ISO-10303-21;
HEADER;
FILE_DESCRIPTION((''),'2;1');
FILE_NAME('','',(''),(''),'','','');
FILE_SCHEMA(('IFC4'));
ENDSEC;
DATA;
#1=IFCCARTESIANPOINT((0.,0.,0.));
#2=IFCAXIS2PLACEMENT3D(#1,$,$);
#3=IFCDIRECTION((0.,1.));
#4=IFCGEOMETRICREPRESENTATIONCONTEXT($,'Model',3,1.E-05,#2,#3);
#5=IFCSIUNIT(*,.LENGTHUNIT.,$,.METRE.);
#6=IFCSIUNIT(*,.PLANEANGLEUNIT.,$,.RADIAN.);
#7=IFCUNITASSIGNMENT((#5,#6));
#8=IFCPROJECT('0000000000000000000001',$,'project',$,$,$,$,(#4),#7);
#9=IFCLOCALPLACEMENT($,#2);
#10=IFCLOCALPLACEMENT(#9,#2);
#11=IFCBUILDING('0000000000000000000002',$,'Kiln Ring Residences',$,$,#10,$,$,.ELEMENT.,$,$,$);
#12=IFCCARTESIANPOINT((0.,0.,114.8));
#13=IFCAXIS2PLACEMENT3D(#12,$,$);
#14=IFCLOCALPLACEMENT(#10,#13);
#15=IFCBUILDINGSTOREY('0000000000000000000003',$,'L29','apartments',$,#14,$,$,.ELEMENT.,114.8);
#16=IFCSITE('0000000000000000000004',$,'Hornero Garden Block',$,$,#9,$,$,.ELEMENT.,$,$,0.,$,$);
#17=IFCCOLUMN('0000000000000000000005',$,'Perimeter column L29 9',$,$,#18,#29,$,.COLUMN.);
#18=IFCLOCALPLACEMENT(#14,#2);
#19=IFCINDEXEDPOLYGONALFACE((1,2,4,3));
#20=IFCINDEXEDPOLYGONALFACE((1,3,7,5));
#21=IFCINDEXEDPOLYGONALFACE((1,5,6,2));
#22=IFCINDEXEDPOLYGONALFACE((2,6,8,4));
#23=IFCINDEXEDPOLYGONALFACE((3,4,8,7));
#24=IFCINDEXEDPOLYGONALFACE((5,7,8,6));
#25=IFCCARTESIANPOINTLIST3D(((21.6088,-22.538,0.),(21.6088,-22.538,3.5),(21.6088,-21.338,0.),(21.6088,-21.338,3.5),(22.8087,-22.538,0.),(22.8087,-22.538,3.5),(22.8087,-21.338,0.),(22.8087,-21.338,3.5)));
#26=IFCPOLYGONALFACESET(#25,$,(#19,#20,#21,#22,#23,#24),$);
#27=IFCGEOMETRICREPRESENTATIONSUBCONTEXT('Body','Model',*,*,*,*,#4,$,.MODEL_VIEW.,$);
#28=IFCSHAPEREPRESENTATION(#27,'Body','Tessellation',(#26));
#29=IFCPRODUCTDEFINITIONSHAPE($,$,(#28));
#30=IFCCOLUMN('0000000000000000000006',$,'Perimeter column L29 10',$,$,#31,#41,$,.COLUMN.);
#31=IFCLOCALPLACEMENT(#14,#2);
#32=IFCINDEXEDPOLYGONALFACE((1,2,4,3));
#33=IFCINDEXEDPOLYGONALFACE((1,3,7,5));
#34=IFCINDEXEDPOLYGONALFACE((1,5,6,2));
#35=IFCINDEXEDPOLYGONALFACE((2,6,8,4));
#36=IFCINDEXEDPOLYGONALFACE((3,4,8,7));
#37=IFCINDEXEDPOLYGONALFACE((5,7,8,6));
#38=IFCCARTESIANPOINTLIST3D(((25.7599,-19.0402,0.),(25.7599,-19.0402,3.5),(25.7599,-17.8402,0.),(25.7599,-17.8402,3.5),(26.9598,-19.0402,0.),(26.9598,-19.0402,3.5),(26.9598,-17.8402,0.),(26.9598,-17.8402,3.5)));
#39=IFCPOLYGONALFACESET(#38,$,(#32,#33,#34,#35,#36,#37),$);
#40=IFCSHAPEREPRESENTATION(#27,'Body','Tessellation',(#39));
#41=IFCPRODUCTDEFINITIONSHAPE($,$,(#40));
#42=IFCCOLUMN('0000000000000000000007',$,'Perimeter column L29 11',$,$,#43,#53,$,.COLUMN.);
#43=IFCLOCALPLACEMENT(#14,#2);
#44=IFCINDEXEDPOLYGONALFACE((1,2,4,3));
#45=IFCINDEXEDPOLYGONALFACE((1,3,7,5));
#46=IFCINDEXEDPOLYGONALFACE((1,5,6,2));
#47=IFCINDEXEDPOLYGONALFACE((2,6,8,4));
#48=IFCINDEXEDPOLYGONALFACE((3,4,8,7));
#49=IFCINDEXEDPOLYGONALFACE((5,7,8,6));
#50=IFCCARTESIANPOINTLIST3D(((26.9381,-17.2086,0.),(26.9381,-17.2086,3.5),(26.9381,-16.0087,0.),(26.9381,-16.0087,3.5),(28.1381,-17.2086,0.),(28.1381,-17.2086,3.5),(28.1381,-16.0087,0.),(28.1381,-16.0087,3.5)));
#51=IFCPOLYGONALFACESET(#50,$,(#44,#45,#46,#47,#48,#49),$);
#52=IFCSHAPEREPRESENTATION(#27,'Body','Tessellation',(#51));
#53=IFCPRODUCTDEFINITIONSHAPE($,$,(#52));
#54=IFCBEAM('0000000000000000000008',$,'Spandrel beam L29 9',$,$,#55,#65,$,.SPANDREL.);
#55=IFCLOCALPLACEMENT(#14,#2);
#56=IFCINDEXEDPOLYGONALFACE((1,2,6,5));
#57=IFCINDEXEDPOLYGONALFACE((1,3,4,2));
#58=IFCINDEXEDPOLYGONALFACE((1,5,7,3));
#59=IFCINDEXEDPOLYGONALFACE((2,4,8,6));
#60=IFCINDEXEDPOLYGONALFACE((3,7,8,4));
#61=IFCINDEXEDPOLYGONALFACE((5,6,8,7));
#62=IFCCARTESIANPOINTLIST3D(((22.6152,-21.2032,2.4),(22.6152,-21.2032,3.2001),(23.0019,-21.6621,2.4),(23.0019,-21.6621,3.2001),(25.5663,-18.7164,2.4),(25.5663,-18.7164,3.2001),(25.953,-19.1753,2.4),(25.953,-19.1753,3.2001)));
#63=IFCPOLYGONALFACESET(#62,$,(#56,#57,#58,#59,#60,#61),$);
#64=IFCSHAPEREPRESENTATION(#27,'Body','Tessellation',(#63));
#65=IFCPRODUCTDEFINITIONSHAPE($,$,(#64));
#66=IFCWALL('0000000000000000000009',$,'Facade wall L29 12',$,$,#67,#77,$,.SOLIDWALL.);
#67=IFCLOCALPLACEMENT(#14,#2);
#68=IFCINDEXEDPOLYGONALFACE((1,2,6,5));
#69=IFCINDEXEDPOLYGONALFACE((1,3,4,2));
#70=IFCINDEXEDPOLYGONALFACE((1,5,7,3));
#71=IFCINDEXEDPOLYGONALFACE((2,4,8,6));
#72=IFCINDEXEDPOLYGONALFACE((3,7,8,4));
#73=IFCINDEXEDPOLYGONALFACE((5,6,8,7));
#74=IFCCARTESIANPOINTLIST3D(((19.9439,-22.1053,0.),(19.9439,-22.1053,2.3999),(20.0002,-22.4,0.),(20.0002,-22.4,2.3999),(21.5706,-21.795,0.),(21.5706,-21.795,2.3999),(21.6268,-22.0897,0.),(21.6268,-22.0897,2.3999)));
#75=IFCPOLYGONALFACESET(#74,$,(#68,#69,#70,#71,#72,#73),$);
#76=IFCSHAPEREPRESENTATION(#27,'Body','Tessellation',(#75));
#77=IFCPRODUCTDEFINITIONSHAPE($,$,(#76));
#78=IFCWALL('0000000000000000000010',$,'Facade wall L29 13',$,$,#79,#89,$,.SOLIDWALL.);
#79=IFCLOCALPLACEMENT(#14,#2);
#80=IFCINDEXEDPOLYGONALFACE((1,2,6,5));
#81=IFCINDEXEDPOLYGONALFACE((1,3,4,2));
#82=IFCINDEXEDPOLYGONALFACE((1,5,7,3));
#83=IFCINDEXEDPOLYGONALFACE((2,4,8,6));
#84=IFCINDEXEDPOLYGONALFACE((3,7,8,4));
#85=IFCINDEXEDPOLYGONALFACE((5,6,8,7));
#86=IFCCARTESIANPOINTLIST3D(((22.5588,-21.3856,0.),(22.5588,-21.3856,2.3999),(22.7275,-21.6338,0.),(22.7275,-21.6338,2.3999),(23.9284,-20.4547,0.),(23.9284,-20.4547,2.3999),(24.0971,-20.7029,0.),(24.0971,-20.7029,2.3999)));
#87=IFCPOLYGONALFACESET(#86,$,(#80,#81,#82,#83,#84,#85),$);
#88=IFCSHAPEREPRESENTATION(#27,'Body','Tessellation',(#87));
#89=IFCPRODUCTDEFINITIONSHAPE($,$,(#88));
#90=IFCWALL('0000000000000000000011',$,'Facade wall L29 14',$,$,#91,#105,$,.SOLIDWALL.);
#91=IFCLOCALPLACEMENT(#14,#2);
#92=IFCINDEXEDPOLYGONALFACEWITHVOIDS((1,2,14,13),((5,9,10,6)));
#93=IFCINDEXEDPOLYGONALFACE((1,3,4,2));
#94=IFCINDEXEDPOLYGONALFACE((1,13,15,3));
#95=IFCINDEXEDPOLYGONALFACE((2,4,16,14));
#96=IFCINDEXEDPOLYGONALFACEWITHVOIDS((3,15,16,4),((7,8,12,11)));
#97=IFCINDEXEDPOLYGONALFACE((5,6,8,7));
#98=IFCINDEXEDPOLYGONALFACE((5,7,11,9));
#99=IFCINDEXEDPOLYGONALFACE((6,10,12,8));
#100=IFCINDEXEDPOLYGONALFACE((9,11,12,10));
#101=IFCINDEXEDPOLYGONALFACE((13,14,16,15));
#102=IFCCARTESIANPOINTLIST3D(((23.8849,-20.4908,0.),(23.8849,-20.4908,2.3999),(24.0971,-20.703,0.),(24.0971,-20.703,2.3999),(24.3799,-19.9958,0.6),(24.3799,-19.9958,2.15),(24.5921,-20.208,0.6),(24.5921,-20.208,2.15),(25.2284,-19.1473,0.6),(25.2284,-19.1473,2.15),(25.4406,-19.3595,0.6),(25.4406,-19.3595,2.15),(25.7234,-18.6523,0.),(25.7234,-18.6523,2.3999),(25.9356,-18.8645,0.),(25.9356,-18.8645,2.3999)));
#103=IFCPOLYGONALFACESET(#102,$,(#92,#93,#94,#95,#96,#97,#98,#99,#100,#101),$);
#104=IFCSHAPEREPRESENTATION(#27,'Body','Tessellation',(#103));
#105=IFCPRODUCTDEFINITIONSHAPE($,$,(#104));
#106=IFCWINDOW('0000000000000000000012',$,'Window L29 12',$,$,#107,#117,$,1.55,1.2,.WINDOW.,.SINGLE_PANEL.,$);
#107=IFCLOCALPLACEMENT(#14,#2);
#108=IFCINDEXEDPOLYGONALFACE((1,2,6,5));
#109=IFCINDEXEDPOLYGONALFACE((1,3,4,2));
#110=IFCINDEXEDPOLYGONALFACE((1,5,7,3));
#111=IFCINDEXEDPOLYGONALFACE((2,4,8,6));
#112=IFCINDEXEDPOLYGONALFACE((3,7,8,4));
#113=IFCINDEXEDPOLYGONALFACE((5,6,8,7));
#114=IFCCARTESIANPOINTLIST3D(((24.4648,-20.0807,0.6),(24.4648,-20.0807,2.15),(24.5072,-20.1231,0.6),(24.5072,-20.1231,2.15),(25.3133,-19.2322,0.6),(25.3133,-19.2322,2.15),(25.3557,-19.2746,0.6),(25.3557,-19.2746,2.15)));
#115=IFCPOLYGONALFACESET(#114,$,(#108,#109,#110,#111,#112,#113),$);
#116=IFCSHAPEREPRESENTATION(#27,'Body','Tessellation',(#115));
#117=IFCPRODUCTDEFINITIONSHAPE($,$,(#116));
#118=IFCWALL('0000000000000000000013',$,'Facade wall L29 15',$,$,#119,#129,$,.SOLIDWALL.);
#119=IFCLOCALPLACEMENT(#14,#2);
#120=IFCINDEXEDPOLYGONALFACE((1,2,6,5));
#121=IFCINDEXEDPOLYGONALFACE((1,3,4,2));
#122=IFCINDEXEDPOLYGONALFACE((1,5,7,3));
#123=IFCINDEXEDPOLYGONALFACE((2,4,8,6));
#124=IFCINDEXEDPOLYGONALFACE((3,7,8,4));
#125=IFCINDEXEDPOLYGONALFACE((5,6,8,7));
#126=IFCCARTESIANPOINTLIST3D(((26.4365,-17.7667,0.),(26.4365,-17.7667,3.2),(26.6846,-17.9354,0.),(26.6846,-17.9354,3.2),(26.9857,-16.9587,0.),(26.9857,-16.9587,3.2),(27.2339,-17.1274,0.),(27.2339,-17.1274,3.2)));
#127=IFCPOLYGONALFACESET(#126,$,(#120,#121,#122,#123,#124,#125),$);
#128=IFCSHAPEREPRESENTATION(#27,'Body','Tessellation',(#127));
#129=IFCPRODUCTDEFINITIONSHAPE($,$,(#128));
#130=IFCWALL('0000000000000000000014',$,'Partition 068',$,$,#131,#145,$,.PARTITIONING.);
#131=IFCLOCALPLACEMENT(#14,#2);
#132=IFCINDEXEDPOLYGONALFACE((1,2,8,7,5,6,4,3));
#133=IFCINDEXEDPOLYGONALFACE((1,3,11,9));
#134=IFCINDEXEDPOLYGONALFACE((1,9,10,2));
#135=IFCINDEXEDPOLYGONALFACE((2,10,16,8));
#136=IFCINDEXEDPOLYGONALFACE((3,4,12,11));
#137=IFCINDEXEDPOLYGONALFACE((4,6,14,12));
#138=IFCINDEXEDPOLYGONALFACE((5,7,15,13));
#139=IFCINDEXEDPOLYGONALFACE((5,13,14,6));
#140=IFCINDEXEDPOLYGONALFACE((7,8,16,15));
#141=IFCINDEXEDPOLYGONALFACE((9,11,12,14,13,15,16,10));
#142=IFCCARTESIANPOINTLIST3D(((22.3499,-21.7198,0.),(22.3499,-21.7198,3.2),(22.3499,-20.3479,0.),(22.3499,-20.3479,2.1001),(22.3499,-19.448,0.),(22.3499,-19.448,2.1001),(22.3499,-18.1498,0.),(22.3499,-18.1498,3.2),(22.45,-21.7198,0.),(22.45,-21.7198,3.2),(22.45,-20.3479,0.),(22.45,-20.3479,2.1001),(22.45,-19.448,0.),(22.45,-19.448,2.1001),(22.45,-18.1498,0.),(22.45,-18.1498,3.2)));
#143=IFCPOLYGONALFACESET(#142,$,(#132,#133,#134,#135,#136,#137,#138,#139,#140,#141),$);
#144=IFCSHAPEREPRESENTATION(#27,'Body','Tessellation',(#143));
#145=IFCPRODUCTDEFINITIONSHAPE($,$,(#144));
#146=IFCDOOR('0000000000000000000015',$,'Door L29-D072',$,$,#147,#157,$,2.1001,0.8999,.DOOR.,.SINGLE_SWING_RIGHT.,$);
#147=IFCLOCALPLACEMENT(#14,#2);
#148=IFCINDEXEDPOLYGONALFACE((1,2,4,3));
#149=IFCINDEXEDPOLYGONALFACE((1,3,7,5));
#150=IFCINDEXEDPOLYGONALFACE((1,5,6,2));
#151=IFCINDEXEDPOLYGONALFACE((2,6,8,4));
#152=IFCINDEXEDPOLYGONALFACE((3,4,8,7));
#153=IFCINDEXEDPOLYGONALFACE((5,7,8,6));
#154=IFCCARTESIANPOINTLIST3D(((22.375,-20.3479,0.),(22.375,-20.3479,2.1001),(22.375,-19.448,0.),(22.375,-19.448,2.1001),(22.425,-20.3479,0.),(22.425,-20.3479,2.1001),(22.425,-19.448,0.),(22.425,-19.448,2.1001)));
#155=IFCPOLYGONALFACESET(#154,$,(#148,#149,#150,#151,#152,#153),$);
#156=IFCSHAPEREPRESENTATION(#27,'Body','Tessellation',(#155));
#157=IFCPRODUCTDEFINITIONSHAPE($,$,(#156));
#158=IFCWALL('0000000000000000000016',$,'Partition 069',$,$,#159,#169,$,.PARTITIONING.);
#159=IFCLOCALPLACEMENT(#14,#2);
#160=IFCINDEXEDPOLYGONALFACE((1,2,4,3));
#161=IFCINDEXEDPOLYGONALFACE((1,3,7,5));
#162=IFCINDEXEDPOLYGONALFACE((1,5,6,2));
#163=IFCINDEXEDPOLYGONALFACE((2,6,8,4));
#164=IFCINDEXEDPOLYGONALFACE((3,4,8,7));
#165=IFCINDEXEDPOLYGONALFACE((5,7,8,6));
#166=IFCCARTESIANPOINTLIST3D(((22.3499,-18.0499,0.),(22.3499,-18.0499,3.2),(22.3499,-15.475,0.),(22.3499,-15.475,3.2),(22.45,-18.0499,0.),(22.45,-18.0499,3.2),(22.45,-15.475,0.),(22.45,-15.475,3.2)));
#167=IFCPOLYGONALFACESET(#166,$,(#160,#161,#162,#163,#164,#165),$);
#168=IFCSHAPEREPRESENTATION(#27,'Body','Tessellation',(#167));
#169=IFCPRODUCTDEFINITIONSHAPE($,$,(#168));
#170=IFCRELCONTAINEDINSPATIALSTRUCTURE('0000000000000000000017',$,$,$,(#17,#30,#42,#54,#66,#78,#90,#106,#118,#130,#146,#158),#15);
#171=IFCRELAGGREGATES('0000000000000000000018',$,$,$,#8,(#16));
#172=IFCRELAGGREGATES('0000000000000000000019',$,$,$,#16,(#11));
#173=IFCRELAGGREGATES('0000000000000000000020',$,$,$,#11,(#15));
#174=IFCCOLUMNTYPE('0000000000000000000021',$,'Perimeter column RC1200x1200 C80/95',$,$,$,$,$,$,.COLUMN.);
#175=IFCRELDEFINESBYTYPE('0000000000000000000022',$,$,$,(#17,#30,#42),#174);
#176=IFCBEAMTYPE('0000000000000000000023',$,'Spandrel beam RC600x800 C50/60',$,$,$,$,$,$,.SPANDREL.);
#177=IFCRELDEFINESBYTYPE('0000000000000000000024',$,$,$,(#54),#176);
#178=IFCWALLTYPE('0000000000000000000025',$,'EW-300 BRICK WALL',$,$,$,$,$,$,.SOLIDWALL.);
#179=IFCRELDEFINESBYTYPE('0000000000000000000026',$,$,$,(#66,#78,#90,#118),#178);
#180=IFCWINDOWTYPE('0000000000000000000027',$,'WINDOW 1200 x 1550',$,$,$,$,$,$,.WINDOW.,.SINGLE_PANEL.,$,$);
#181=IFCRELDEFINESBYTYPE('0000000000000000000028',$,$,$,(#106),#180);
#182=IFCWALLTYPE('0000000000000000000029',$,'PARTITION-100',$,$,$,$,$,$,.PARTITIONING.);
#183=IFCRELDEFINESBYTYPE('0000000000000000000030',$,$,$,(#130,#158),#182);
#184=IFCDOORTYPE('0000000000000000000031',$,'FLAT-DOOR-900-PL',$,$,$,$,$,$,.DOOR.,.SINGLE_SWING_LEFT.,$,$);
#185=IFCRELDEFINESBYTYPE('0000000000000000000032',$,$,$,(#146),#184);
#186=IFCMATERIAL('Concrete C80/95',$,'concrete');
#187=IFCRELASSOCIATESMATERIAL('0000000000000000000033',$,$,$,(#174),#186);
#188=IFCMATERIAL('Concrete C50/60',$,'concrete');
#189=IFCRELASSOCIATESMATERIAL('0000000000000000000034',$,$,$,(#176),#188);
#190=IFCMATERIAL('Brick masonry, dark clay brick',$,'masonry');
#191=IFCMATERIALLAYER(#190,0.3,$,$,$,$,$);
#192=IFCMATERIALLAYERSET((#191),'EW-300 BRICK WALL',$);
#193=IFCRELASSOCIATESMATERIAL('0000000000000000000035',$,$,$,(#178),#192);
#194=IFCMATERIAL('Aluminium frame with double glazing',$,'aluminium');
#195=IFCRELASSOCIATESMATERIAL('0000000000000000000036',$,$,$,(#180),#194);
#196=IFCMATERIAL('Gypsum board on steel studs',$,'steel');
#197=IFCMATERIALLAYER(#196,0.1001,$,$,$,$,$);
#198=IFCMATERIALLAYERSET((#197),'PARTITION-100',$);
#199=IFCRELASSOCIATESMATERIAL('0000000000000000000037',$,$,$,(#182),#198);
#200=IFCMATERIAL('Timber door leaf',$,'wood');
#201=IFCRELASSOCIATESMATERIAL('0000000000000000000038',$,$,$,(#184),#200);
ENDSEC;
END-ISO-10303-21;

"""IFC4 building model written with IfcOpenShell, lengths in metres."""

from ifc_helpers import new_model, si_unit, direction, frame, frame_2d, origin, origin_2d, place, context, subcontext, project, spatial, rectangle, extrude, material, layer, layer_set, material_profile, profile_set, type_object, element, fill, save


model = new_model("IFC4")

# Units and contexts
model_context = context("Model", 3, precision=1e-05, world=origin(), true_north=direction((0.0, 1.0)))
body_context = subcontext(model_context, "Body", "Model", "MODEL_VIEW")
ifc_project = project(units=[si_unit("LENGTHUNIT", "METRE"), si_unit("PLANEANGLEUNIT", "RADIAN")], contexts=[model_context])

# Site, building, storey
site_placement = place(None, origin())
site = spatial("IfcSite", under=ifc_project, at=site_placement, Name="Hornero Garden Block", CompositionType="ELEMENT", RefElevation=0.0)
building_placement = place(site_placement, origin())
building = spatial("IfcBuilding", under=site, at=building_placement, Name="Kiln Ring Residences", CompositionType="ELEMENT")
storey_placement = place(building_placement, frame((0.0, 0.0, 114.8)))
storey = spatial("IfcBuildingStorey", under=building, at=storey_placement, Name="L29", Description="apartments", CompositionType="ELEMENT", Elevation=114.8)

# Columns
ifc_material_1 = material(Name="Concrete C80/95", Category="concrete")
ifc_material_profile_1 = material_profile(ifc_material_1, rectangle(XDim=1.2, YDim=1.2, at=origin_2d()), Name="RC1200x1200")
ifc_profile_set_1 = profile_set([ifc_material_profile_1], Name="Concrete C80/95")
column_type = type_object("IfcColumnType", Name="Perimeter column RC1200x1200 C80/95", PredefinedType="COLUMN", material=ifc_profile_set_1)
for number, where, z_axis, x_axis, name in (
    (1, (22.2087, -21.938, 0.0), (0.0, 0.0, 1.0), (1.0, 0.0, 0.0), "Perimeter column L29 9"),
    (2, (26.3599, -18.4402, 0.0), (0.0, 0.0, 1.0), (1.0, 0.0, 0.0), "Perimeter column L29 10"),
    (3, (27.5381, -16.6086, 0.0), (0.0, 0.0, 1.0), (1.0, 0.0, 0.0), "Perimeter column L29 11"),
):
    element("IfcColumn", number, at=place(storey_placement, frame(where, z_axis=z_axis, x_axis=x_axis)), inside=storey, type_object=column_type, Name=name, PredefinedType="COLUMN", context=body_context, shape_type="SweptSolid", body=[
        extrude(rectangle(XDim=1.2, YDim=1.2, at=origin_2d()), origin(), (0.0, 0.0, 1.0), 3.5),
    ])

# Beam
ifc_material_2 = material(Name="Concrete C50/60", Category="concrete")
ifc_material_profile_2 = material_profile(ifc_material_2, rectangle(XDim=0.6001, YDim=0.8, at=origin_2d()), Name="RC600x800")
ifc_profile_set_2 = profile_set([ifc_material_profile_2], Name="Concrete C50/60")
beam_type = type_object("IfcBeamType", Name="Spandrel beam RC600x800 C50/60", PredefinedType="SPANDREL", material=ifc_profile_set_2)
beam_placement = place(storey_placement, frame((22.8086, -21.4326, 2.8), z_axis=(0.764704, 0.644381, 0.0), x_axis=(-0.644381, 0.764704, 0.0)))
element("IfcBeam", 4, at=beam_placement, inside=storey, type_object=beam_type, Name="Spandrel beam L29 9", PredefinedType="SPANDREL", context=body_context, shape_type="SweptSolid", body=[
    extrude(rectangle(XDim=0.6001, YDim=0.8, at=origin_2d()), origin(), (0.0, 0.0, 1.0), 3.8591),
])

# Walls
ifc_material_3 = material(Name="Brick masonry, dark clay brick", Category="masonry")
ifc_layer_1 = layer(ifc_material_3, 0.3)
ifc_layer_set_1 = layer_set([ifc_layer_1], Name="EW-300 BRICK WALL")
wall_type_1 = type_object("IfcWallType", Name="EW-300 BRICK WALL", PredefinedType="SOLIDWALL", material=ifc_layer_set_1)
for number, where, z_axis, x_axis, name in (
    (5, (19.9719, -22.2527, 0.0), (0.0, 0.0, 1.0), (0.982288, 0.187376, 0.0), "Facade wall L29 12"),
    (6, (22.6431, -21.5098, 0.0), (0.0, 0.0, 1.0), (0.82705, 0.562129, 0.0), "Facade wall L29 13"),
):
    element("IfcWall", number, at=place(storey_placement, frame(where, z_axis=z_axis, x_axis=x_axis)), inside=storey, type_object=wall_type_1, Name=name, PredefinedType="SOLIDWALL", context=body_context, shape_type="SweptSolid", body=[
        extrude(rectangle(XDim=1.656, YDim=0.3, at=frame_2d((0.8281, 0.0))), origin(), (0.0, 0.0, 1.0), 2.3999),
    ])

# Wall, opening, window
wall_1_placement = place(storey_placement, frame((23.991, -20.5969, 0.0), z_axis=(0.0, 0.0, 1.0), x_axis=(0.707107, 0.707107, 0.0)))
wall_1 = element("IfcWall", 7, at=wall_1_placement, inside=storey, type_object=wall_type_1, Name="Facade wall L29 14", PredefinedType="SOLIDWALL", context=body_context, shape_type="SweptSolid", body=[
    extrude(rectangle(XDim=2.6001, YDim=0.3, at=frame_2d((1.3, 0.0))), origin(), (0.0, 0.0, 1.0), 2.3999),
])
opening_1_placement = place(wall_1_placement, frame((0.7, 0.0, 0.6001)))
opening_1 = element("IfcOpeningElement", 8, at=opening_1_placement, cuts=wall_1, PredefinedType="OPENING", context=body_context, shape_type="SweptSolid", body=[
    extrude(rectangle(XDim=1.2, YDim=1.55, at=frame_2d((0.6001, 0.7749))), frame((0.0, 0.1599, 0.0), z_axis=(0.0, -1.0, 0.0), x_axis=(1.0, 0.0, 0.0)), (0.0, 0.0, 1.0), 0.3201),
])
ifc_material_4 = material(Name="Aluminium frame with double glazing", Category="aluminium")
window_type = type_object("IfcWindowType", Name="WINDOW 1200 x 1550", PartitioningType="SINGLE_PANEL", PredefinedType="WINDOW", material=ifc_material_4)
window_placement = place(opening_1_placement, origin())
window = element("IfcWindow", 9, at=window_placement, inside=storey, type_object=window_type, Name="Window L29 12", OverallHeight=1.55, OverallWidth=1.2, PartitioningType="SINGLE_PANEL", PredefinedType="WINDOW", context=body_context, shape_type="SweptSolid", body=[
    extrude(rectangle(XDim=1.2, YDim=1.55, at=frame_2d((0.6001, 0.7749))), frame((0.0, 0.03, 0.0), z_axis=(0.0, -1.0, 0.0), x_axis=(1.0, 0.0, 0.0)), (0.0, 0.0, 1.0), 0.0601),
])
fill(opening_1, window)

# Wall
wall_2_placement = place(storey_placement, frame((26.5605, -17.8511, 0.0), z_axis=(0.0, 0.0, 1.0), x_axis=(0.562173, 0.827019, 0.0)))
element("IfcWall", 10, at=wall_2_placement, inside=storey, type_object=wall_type_1, Name="Facade wall L29 15", PredefinedType="SOLIDWALL", context=body_context, shape_type="SweptSolid", body=[
    extrude(rectangle(XDim=0.9771, YDim=0.3, at=frame_2d((0.4885, 0.0))), origin(), (0.0, 0.0, 1.0), 3.2),
])

# Wall, opening, door
ifc_material_5 = material(Name="Gypsum board on steel studs", Category="steel")
ifc_layer_2 = layer(ifc_material_5, 0.1001)
ifc_layer_set_2 = layer_set([ifc_layer_2], Name="PARTITION-100")
wall_type_2 = type_object("IfcWallType", Name="PARTITION-100", PredefinedType="PARTITIONING", material=ifc_layer_set_2)
wall_3_placement = place(storey_placement, frame((22.3999, -21.72, 0.0), z_axis=(0.0, 0.0, 1.0), x_axis=(0.0, 1.0, 0.0)))
wall_3 = element("IfcWall", 11, at=wall_3_placement, inside=storey, type_object=wall_type_2, Name="Partition 068", PredefinedType="PARTITIONING", context=body_context, shape_type="SweptSolid", body=[
    extrude(rectangle(XDim=3.5701, YDim=0.1001, at=frame_2d((1.7852, 0.0))), origin(), (0.0, 0.0, 1.0), 3.2),
])
opening_2_placement = place(wall_3_placement, frame((1.3721, 0.0, 0.0)))
opening_2 = element("IfcOpeningElement", 12, at=opening_2_placement, cuts=wall_3, PredefinedType="OPENING", context=body_context, shape_type="SweptSolid", body=[
    extrude(rectangle(XDim=0.8999, YDim=2.1001, at=frame_2d((0.45, 1.05))), frame((0.0, 0.0601, 0.0), z_axis=(0.0, -1.0, 0.0), x_axis=(1.0, 0.0, 0.0)), (0.0, 0.0, 1.0), 0.1201),
])
ifc_material_6 = material(Name="Timber door leaf", Category="wood")
door_type = type_object("IfcDoorType", Name="FLAT-DOOR-900-PL", OperationType="SINGLE_SWING_LEFT", PredefinedType="DOOR", material=ifc_material_6)
door_placement = place(opening_2_placement, origin())
door = element("IfcDoor", 13, at=door_placement, inside=storey, type_object=door_type, Name="Door L29-D072", OperationType="SINGLE_SWING_RIGHT", OverallHeight=2.1001, OverallWidth=0.8999, PredefinedType="DOOR", context=body_context, shape_type="SweptSolid", body=[
    extrude(rectangle(XDim=0.8999, YDim=2.1001, at=frame_2d((0.45, 1.05))), frame((0.0, 0.0249, 0.0), z_axis=(0.0, -1.0, 0.0), x_axis=(1.0, 0.0, 0.0)), (0.0, 0.0, 1.0), 0.05),
])
fill(opening_2, door)

# Wall
wall_4_placement = place(storey_placement, frame((22.3999, -18.05, 0.0), z_axis=(0.0, 0.0, 1.0), x_axis=(0.0, 1.0, 0.0)))
element("IfcWall", 14, at=wall_4_placement, inside=storey, type_object=wall_type_2, Name="Partition 069", PredefinedType="PARTITIONING", context=body_context, shape_type="SweptSolid", body=[
    extrude(rectangle(XDim=2.575, YDim=0.1001, at=frame_2d((1.2876, 0.0))), origin(), (0.0, 0.0, 1.0), 3.2),
])

save(model, "model.ifc")
